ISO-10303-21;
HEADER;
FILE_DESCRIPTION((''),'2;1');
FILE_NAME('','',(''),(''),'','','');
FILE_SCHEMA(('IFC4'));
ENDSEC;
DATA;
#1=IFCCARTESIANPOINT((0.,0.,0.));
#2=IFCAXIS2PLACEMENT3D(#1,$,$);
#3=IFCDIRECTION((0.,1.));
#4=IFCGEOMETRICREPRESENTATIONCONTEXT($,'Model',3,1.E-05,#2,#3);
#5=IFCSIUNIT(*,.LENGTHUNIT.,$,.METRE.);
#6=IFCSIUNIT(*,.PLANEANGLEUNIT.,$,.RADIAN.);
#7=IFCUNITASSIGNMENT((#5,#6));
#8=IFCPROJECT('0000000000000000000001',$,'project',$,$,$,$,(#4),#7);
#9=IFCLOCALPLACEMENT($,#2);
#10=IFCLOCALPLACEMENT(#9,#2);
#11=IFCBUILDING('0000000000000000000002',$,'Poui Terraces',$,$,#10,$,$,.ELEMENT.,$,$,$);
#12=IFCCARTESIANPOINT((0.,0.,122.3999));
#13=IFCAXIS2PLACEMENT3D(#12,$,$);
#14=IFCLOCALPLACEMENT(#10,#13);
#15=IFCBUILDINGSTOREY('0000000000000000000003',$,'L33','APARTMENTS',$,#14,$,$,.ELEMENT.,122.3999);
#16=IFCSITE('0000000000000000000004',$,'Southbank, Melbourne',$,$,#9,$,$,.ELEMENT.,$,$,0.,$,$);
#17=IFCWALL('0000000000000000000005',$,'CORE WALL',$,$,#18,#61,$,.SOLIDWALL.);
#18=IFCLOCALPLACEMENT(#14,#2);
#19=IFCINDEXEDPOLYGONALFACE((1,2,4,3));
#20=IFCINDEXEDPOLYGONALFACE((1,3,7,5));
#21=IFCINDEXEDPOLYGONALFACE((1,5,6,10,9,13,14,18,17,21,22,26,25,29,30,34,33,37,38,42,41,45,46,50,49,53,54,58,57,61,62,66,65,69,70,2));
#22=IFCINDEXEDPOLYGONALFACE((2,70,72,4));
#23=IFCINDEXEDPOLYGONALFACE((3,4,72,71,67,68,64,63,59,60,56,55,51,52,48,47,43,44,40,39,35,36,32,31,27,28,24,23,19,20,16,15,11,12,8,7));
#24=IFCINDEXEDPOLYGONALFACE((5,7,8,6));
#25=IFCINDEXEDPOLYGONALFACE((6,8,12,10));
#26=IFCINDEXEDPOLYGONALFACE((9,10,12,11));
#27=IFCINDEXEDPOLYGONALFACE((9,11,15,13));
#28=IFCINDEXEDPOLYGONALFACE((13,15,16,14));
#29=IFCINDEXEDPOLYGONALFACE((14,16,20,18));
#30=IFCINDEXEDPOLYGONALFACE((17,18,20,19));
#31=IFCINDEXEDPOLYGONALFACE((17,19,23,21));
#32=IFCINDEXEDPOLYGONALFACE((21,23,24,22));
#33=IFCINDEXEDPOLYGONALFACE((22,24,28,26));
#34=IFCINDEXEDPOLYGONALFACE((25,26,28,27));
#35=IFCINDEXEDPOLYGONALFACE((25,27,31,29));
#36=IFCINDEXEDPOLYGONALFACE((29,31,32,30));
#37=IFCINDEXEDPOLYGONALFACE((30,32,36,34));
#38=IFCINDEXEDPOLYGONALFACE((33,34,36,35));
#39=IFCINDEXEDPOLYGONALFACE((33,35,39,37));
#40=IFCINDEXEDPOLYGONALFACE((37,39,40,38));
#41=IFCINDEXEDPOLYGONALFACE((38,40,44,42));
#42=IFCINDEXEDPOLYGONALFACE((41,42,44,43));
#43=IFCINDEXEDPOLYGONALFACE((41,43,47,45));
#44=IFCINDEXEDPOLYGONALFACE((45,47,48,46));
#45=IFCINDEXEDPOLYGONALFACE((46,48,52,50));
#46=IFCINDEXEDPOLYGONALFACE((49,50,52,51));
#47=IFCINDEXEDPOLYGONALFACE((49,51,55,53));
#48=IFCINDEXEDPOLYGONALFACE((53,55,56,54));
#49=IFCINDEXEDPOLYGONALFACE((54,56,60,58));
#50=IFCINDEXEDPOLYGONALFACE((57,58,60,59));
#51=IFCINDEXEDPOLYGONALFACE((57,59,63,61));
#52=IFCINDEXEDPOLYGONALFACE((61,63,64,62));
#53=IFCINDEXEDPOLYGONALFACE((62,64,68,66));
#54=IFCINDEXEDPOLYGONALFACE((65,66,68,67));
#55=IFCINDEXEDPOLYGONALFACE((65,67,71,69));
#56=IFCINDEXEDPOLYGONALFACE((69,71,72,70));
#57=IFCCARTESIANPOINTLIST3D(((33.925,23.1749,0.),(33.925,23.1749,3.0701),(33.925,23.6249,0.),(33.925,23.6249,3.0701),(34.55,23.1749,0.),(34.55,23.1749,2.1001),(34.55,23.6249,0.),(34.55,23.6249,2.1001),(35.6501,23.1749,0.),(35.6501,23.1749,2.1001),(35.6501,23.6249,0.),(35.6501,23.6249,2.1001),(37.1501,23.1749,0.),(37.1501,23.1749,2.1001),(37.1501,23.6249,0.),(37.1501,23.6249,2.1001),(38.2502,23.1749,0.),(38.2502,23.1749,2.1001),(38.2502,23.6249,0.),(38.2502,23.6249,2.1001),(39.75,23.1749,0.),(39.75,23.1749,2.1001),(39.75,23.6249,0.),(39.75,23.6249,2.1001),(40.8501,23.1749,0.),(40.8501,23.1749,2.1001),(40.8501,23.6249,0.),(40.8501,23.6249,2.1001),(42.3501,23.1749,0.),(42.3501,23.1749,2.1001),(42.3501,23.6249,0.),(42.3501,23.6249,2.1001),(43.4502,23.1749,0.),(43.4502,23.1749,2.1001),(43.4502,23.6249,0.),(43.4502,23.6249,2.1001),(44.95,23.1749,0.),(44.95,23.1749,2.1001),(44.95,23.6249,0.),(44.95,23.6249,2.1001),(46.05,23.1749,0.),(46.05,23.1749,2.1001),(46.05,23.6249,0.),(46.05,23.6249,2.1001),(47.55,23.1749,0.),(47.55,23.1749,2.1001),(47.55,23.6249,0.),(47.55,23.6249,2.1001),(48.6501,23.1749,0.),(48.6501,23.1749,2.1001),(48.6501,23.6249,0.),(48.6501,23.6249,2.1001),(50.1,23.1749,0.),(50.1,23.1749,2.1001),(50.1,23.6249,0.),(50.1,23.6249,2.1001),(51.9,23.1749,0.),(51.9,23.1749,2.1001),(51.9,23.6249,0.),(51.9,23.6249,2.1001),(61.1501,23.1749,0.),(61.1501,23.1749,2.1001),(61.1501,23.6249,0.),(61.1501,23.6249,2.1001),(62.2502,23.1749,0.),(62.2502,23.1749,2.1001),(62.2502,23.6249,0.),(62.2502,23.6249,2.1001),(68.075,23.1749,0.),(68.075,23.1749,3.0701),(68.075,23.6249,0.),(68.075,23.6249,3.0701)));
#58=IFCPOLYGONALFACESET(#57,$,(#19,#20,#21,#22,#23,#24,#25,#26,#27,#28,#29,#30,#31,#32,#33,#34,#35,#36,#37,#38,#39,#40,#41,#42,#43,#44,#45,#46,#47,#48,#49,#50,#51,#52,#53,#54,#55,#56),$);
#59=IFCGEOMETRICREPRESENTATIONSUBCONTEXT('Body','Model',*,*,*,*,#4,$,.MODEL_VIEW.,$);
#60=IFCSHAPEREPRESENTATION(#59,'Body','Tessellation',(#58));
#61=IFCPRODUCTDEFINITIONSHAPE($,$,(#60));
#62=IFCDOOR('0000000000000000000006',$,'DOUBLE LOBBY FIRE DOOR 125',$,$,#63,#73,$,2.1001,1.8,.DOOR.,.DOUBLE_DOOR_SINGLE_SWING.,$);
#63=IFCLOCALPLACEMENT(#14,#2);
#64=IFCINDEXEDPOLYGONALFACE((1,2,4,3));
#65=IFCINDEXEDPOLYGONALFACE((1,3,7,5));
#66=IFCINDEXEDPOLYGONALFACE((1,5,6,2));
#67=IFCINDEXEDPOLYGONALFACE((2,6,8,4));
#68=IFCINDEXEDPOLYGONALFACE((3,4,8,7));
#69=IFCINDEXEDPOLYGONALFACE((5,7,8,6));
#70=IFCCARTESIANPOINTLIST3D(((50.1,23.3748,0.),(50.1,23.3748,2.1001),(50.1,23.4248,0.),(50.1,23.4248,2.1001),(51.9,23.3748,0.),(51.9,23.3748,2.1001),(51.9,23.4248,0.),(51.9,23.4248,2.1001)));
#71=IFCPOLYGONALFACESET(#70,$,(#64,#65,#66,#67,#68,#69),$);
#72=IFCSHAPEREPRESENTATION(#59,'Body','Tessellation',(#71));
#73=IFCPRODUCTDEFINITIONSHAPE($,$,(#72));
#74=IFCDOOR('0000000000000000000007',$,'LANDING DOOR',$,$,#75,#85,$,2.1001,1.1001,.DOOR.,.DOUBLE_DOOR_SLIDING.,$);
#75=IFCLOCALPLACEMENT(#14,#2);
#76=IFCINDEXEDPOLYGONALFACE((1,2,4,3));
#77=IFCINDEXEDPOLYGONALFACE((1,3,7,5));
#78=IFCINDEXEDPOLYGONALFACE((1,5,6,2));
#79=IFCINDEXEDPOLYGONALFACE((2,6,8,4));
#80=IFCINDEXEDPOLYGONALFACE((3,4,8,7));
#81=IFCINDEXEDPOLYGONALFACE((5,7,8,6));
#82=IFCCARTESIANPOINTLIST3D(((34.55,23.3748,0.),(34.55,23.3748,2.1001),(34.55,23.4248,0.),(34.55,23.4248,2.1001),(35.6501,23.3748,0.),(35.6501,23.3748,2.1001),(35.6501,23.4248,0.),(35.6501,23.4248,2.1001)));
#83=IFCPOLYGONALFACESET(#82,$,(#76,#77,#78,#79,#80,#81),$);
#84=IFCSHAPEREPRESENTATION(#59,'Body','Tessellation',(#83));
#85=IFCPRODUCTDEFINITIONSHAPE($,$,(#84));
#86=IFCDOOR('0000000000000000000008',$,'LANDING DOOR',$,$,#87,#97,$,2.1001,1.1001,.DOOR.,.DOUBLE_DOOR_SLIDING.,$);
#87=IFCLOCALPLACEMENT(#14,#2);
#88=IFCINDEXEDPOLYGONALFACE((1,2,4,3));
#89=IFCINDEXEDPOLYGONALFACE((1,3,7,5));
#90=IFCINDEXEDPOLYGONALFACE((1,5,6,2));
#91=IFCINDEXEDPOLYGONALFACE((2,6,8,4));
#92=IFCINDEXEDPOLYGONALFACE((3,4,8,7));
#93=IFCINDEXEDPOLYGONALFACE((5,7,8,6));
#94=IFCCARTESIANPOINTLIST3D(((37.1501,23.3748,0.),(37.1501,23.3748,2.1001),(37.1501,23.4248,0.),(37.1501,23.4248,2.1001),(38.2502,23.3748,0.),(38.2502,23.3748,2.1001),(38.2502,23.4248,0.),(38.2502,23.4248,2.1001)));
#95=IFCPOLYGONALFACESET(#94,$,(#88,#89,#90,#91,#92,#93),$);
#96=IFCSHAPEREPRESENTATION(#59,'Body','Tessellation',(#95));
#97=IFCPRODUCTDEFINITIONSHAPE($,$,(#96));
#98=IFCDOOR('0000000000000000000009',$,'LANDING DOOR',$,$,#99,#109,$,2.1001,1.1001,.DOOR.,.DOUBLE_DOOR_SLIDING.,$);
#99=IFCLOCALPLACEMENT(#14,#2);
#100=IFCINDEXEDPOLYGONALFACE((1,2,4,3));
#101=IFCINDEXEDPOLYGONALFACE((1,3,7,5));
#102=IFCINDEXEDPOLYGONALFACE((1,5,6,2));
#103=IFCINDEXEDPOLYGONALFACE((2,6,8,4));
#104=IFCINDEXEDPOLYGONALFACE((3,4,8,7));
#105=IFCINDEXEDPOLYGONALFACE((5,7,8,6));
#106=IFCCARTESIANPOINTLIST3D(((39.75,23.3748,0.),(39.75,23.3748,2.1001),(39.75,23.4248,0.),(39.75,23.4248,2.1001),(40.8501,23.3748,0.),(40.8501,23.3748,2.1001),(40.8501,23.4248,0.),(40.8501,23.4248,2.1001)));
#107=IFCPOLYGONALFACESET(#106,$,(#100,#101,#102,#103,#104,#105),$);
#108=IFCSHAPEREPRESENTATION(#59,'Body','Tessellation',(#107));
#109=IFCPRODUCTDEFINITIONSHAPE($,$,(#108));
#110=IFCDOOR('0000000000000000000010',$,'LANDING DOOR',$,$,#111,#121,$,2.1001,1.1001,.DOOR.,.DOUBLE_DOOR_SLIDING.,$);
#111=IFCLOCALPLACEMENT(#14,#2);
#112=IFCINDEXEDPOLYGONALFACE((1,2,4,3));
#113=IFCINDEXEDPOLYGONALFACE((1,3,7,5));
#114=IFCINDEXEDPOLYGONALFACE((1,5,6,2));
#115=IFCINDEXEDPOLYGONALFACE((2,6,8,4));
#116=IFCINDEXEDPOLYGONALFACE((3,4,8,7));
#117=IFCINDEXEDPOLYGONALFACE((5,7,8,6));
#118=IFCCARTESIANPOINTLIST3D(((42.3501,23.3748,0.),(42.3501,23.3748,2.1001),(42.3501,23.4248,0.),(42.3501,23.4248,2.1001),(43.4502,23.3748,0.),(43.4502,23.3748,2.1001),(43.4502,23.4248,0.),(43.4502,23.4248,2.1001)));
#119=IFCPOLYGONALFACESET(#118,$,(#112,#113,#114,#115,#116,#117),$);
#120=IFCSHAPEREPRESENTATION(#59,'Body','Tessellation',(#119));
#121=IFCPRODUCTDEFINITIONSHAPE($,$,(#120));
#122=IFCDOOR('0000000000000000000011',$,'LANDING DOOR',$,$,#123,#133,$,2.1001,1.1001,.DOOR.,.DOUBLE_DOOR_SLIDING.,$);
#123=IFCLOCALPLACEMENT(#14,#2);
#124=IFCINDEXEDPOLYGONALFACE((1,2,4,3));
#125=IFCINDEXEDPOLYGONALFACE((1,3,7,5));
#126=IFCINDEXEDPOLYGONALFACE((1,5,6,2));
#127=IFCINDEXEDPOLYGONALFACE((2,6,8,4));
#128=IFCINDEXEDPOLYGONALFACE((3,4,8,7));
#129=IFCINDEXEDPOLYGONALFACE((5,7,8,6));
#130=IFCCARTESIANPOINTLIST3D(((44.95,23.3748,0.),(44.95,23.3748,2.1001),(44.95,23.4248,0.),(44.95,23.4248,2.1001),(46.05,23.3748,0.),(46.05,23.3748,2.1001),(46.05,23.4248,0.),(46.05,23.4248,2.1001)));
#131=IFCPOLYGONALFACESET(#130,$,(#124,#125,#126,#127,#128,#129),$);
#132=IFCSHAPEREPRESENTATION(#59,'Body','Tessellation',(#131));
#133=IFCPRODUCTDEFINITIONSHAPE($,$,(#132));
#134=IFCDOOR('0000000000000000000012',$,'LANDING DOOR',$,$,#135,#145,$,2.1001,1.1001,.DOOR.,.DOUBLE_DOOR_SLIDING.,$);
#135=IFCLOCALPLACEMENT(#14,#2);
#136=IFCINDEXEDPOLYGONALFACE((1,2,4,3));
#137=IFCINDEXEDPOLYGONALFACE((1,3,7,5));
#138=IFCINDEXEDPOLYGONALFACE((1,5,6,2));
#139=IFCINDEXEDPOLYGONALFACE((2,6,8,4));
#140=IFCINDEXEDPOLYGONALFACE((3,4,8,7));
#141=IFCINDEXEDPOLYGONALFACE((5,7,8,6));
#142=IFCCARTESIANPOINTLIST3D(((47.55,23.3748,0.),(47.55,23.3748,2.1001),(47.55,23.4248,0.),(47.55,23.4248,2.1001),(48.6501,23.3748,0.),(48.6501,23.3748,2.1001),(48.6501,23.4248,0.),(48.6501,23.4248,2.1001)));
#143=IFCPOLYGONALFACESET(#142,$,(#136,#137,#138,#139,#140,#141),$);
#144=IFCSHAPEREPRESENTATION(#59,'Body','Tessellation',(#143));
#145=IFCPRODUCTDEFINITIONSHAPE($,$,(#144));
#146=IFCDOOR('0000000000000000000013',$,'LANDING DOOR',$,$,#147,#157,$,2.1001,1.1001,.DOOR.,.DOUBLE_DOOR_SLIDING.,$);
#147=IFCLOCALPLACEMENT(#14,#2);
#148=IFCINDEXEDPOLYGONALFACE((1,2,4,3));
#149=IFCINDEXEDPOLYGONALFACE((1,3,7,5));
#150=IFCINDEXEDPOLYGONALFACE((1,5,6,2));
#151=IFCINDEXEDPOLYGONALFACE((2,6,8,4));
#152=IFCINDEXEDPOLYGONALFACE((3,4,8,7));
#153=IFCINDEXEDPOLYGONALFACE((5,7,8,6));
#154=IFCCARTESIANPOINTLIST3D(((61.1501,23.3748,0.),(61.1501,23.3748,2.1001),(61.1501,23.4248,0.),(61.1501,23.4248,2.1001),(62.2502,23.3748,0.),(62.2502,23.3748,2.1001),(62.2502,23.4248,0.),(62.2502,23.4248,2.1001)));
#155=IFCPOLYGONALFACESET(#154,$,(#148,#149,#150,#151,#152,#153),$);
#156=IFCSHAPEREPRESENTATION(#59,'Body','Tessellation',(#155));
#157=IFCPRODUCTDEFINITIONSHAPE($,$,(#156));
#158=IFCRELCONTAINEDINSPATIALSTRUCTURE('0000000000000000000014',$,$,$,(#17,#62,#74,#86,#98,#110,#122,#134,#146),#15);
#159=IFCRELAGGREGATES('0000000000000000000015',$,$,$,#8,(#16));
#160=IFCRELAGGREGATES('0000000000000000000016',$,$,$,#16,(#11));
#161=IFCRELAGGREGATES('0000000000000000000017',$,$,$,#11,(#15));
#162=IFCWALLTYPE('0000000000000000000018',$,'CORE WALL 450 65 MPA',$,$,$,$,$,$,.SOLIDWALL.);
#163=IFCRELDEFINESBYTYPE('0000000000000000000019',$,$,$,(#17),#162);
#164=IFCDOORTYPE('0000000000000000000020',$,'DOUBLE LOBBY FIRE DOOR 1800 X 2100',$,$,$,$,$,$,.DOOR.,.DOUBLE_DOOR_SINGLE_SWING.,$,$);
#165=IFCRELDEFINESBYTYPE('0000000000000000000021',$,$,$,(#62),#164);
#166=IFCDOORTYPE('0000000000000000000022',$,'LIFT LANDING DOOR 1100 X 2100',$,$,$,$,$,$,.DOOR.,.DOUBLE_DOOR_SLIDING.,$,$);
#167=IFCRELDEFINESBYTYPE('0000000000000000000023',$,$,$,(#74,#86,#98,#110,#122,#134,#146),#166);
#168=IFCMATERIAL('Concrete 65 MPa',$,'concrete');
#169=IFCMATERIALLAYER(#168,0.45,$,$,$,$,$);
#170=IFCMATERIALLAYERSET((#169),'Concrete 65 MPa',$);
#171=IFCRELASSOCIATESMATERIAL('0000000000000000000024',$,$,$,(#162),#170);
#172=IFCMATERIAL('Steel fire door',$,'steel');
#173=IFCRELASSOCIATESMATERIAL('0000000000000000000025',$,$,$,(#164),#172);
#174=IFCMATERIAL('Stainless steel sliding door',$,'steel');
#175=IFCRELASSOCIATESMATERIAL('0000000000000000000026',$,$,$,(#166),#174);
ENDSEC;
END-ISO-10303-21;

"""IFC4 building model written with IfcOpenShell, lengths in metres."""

from ifc_helpers import new_model, si_unit, direction, frame, frame_2d, origin, place, context, subcontext, project, spatial, rectangle, extrude, material, layer, layer_set, type_object, element, fill, save


model = new_model("IFC4")

# Units and contexts
model_context = context("Model", 3, precision=1e-05, world=origin(), true_north=direction((0.0, 1.0)))
body_context = subcontext(model_context, "Body", "Model", "MODEL_VIEW")
ifc_project = project(units=[si_unit("LENGTHUNIT", "METRE"), si_unit("PLANEANGLEUNIT", "RADIAN")], contexts=[model_context])

# Site, building, storey
site_placement = place(None, origin())
site = spatial("IfcSite", under=ifc_project, at=site_placement, Name="Southbank, Melbourne", CompositionType="ELEMENT", RefElevation=0.0)
building_placement = place(site_placement, origin())
building = spatial("IfcBuilding", under=site, at=building_placement, Name="Poui Terraces", CompositionType="ELEMENT")
storey_placement = place(building_placement, frame((0.0, 0.0, 122.3999)))
storey = spatial("IfcBuildingStorey", under=building, at=storey_placement, Name="L33", Description="APARTMENTS", CompositionType="ELEMENT", Elevation=122.3999)

# Shared definitions
ifc_material_1 = material(Name="Concrete 65 MPa", Category="concrete")

# Wall, openings, doors
ifc_layer_1 = layer(ifc_material_1, 0.45)
ifc_layer_set_1 = layer_set([ifc_layer_1], Name="Concrete 65 MPa")
wall_type_1 = type_object("IfcWallType", Name="CORE WALL 450 65 MPA", PredefinedType="SOLIDWALL", material=ifc_layer_set_1)
wall_1_placement = place(storey_placement, frame((33.925, 23.3999, 0.0), z_axis=(0.0, 0.0, 1.0), x_axis=(1.0, 0.0, 0.0)))
wall_1 = element("IfcWall", 1, at=wall_1_placement, inside=storey, type_object=wall_type_1, Name="CORE WALL", PredefinedType="SOLIDWALL", context=body_context, shape_type="SweptSolid", body=[
    extrude(rectangle(XDim=34.1499, YDim=0.45, at=frame_2d((17.075, 0.0))), origin(), (0.0, 0.0, 1.0), 3.0701),
])
opening_1_placement = place(wall_1_placement, frame((16.175, 0.0, 0.0)))
opening_1 = element("IfcOpeningElement", 2, at=opening_1_placement, cuts=wall_1, PredefinedType="OPENING", context=body_context, shape_type="SweptSolid", body=[
    extrude(rectangle(XDim=1.8, YDim=2.1001, at=frame_2d((0.8999, 1.05))), frame((0.0, 0.2349, 0.0), z_axis=(0.0, -1.0, 0.0), x_axis=(1.0, 0.0, 0.0)), (0.0, 0.0, 1.0), 0.47),
])
opening_2_placement = place(wall_1_placement, frame((0.625, 0.0, 0.0)))
opening_2 = element("IfcOpeningElement", 3, at=opening_2_placement, cuts=wall_1, PredefinedType="OPENING", context=body_context, shape_type="SweptSolid", body=[
    extrude(rectangle(XDim=1.1001, YDim=2.1001, at=frame_2d((0.55, 1.05))), frame((0.0, 0.2349, 0.0), z_axis=(0.0, -1.0, 0.0), x_axis=(1.0, 0.0, 0.0)), (0.0, 0.0, 1.0), 0.47),
])
opening_3_placement = place(wall_1_placement, frame((3.2251, 0.0, 0.0)))
opening_3 = element("IfcOpeningElement", 4, at=opening_3_placement, cuts=wall_1, PredefinedType="OPENING", context=body_context, shape_type="SweptSolid", body=[
    extrude(rectangle(XDim=1.1001, YDim=2.1001, at=frame_2d((0.55, 1.05))), frame((0.0, 0.2349, 0.0), z_axis=(0.0, -1.0, 0.0), x_axis=(1.0, 0.0, 0.0)), (0.0, 0.0, 1.0), 0.47),
])
opening_4_placement = place(wall_1_placement, frame((5.825, 0.0, 0.0)))
opening_4 = element("IfcOpeningElement", 5, at=opening_4_placement, cuts=wall_1, PredefinedType="OPENING", context=body_context, shape_type="SweptSolid", body=[
    extrude(rectangle(XDim=1.1001, YDim=2.1001, at=frame_2d((0.55, 1.05))), frame((0.0, 0.2349, 0.0), z_axis=(0.0, -1.0, 0.0), x_axis=(1.0, 0.0, 0.0)), (0.0, 0.0, 1.0), 0.47),
])
opening_5_placement = place(wall_1_placement, frame((8.425, 0.0, 0.0)))
opening_5 = element("IfcOpeningElement", 6, at=opening_5_placement, cuts=wall_1, PredefinedType="OPENING", context=body_context, shape_type="SweptSolid", body=[
    extrude(rectangle(XDim=1.1001, YDim=2.1001, at=frame_2d((0.55, 1.05))), frame((0.0, 0.2349, 0.0), z_axis=(0.0, -1.0, 0.0), x_axis=(1.0, 0.0, 0.0)), (0.0, 0.0, 1.0), 0.47),
])
opening_6_placement = place(wall_1_placement, frame((11.0249, 0.0, 0.0)))
opening_6 = element("IfcOpeningElement", 7, at=opening_6_placement, cuts=wall_1, PredefinedType="OPENING", context=body_context, shape_type="SweptSolid", body=[
    extrude(rectangle(XDim=1.1001, YDim=2.1001, at=frame_2d((0.55, 1.05))), frame((0.0, 0.2349, 0.0), z_axis=(0.0, -1.0, 0.0), x_axis=(1.0, 0.0, 0.0)), (0.0, 0.0, 1.0), 0.47),
])
opening_7_placement = place(wall_1_placement, frame((13.625, 0.0, 0.0)))
opening_7 = element("IfcOpeningElement", 8, at=opening_7_placement, cuts=wall_1, PredefinedType="OPENING", context=body_context, shape_type="SweptSolid", body=[
    extrude(rectangle(XDim=1.1001, YDim=2.1001, at=frame_2d((0.55, 1.05))), frame((0.0, 0.2349, 0.0), z_axis=(0.0, -1.0, 0.0), x_axis=(1.0, 0.0, 0.0)), (0.0, 0.0, 1.0), 0.47),
])
opening_8_placement = place(wall_1_placement, frame((27.2251, 0.0, 0.0)))
opening_8 = element("IfcOpeningElement", 9, at=opening_8_placement, cuts=wall_1, PredefinedType="OPENING", context=body_context, shape_type="SweptSolid", body=[
    extrude(rectangle(XDim=1.1001, YDim=2.1001, at=frame_2d((0.55, 1.05))), frame((0.0, 0.2349, 0.0), z_axis=(0.0, -1.0, 0.0), x_axis=(1.0, 0.0, 0.0)), (0.0, 0.0, 1.0), 0.47),
])
ifc_material_2 = material(Name="Steel fire door", Category="steel")
door_type_1 = type_object("IfcDoorType", Name="DOUBLE LOBBY FIRE DOOR 1800 X 2100", OperationType="DOUBLE_DOOR_SINGLE_SWING", PredefinedType="DOOR", material=ifc_material_2)
door_1_placement = place(opening_1_placement, origin())
door_1 = element("IfcDoor", 10, at=door_1_placement, inside=storey, type_object=door_type_1, Name="DOUBLE LOBBY FIRE DOOR 125", OperationType="DOUBLE_DOOR_SINGLE_SWING", OverallHeight=2.1001, OverallWidth=1.8, PredefinedType="DOOR", context=body_context, shape_type="SweptSolid", body=[
    extrude(rectangle(XDim=1.8, YDim=2.1001, at=frame_2d((0.8999, 1.05))), frame((0.0, 0.0249, 0.0), z_axis=(0.0, -1.0, 0.0), x_axis=(1.0, 0.0, 0.0)), (0.0, 0.0, 1.0), 0.05),
])
fill(opening_1, door_1)
ifc_material_3 = material(Name="Stainless steel sliding door", Category="steel")
door_type_2 = type_object("IfcDoorType", Name="LIFT LANDING DOOR 1100 X 2100", OperationType="DOUBLE_DOOR_SLIDING", PredefinedType="DOOR", material=ifc_material_3)
door_2_placement = place(opening_2_placement, origin())
door_2 = element("IfcDoor", 11, at=door_2_placement, inside=storey, type_object=door_type_2, Name="LANDING DOOR", OperationType="DOUBLE_DOOR_SLIDING", OverallHeight=2.1001, OverallWidth=1.1001, PredefinedType="DOOR", context=body_context, shape_type="SweptSolid", body=[
    extrude(rectangle(XDim=1.1001, YDim=2.1001, at=frame_2d((0.55, 1.05))), frame((0.0, 0.0249, 0.0), z_axis=(0.0, -1.0, 0.0), x_axis=(1.0, 0.0, 0.0)), (0.0, 0.0, 1.0), 0.05),
])
fill(opening_2, door_2)
door_3_placement = place(opening_3_placement, origin())
door_3 = element("IfcDoor", 12, at=door_3_placement, inside=storey, type_object=door_type_2, Name="LANDING DOOR", OperationType="DOUBLE_DOOR_SLIDING", OverallHeight=2.1001, OverallWidth=1.1001, PredefinedType="DOOR", context=body_context, shape_type="SweptSolid", body=[
    extrude(rectangle(XDim=1.1001, YDim=2.1001, at=frame_2d((0.55, 1.05))), frame((0.0, 0.0249, 0.0), z_axis=(0.0, -1.0, 0.0), x_axis=(1.0, 0.0, 0.0)), (0.0, 0.0, 1.0), 0.05),
])
fill(opening_3, door_3)
door_4_placement = place(opening_4_placement, origin())
door_4 = element("IfcDoor", 13, at=door_4_placement, inside=storey, type_object=door_type_2, Name="LANDING DOOR", OperationType="DOUBLE_DOOR_SLIDING", OverallHeight=2.1001, OverallWidth=1.1001, PredefinedType="DOOR", context=body_context, shape_type="SweptSolid", body=[
    extrude(rectangle(XDim=1.1001, YDim=2.1001, at=frame_2d((0.55, 1.05))), frame((0.0, 0.0249, 0.0), z_axis=(0.0, -1.0, 0.0), x_axis=(1.0, 0.0, 0.0)), (0.0, 0.0, 1.0), 0.05),
])
fill(opening_4, door_4)
door_5_placement = place(opening_5_placement, origin())
door_5 = element("IfcDoor", 14, at=door_5_placement, inside=storey, type_object=door_type_2, Name="LANDING DOOR", OperationType="DOUBLE_DOOR_SLIDING", OverallHeight=2.1001, OverallWidth=1.1001, PredefinedType="DOOR", context=body_context, shape_type="SweptSolid", body=[
    extrude(rectangle(XDim=1.1001, YDim=2.1001, at=frame_2d((0.55, 1.05))), frame((0.0, 0.0249, 0.0), z_axis=(0.0, -1.0, 0.0), x_axis=(1.0, 0.0, 0.0)), (0.0, 0.0, 1.0), 0.05),
])
fill(opening_5, door_5)
door_6_placement = place(opening_6_placement, origin())
door_6 = element("IfcDoor", 15, at=door_6_placement, inside=storey, type_object=door_type_2, Name="LANDING DOOR", OperationType="DOUBLE_DOOR_SLIDING", OverallHeight=2.1001, OverallWidth=1.1001, PredefinedType="DOOR", context=body_context, shape_type="SweptSolid", body=[
    extrude(rectangle(XDim=1.1001, YDim=2.1001, at=frame_2d((0.55, 1.05))), frame((0.0, 0.0249, 0.0), z_axis=(0.0, -1.0, 0.0), x_axis=(1.0, 0.0, 0.0)), (0.0, 0.0, 1.0), 0.05),
])
fill(opening_6, door_6)
door_7_placement = place(opening_7_placement, origin())
door_7 = element("IfcDoor", 16, at=door_7_placement, inside=storey, type_object=door_type_2, Name="LANDING DOOR", OperationType="DOUBLE_DOOR_SLIDING", OverallHeight=2.1001, OverallWidth=1.1001, PredefinedType="DOOR", context=body_context, shape_type="SweptSolid", body=[
    extrude(rectangle(XDim=1.1001, YDim=2.1001, at=frame_2d((0.55, 1.05))), frame((0.0, 0.0249, 0.0), z_axis=(0.0, -1.0, 0.0), x_axis=(1.0, 0.0, 0.0)), (0.0, 0.0, 1.0), 0.05),
])
fill(opening_7, door_7)
door_8_placement = place(opening_8_placement, origin())
door_8 = element("IfcDoor", 17, at=door_8_placement, inside=storey, type_object=door_type_2, Name="LANDING DOOR", OperationType="DOUBLE_DOOR_SLIDING", OverallHeight=2.1001, OverallWidth=1.1001, PredefinedType="DOOR", context=body_context, shape_type="SweptSolid", body=[
    extrude(rectangle(XDim=1.1001, YDim=2.1001, at=frame_2d((0.55, 1.05))), frame((0.0, 0.0249, 0.0), z_axis=(0.0, -1.0, 0.0), x_axis=(1.0, 0.0, 0.0)), (0.0, 0.0, 1.0), 0.05),
])
fill(opening_8, door_8)

save(model, "model.ifc")
